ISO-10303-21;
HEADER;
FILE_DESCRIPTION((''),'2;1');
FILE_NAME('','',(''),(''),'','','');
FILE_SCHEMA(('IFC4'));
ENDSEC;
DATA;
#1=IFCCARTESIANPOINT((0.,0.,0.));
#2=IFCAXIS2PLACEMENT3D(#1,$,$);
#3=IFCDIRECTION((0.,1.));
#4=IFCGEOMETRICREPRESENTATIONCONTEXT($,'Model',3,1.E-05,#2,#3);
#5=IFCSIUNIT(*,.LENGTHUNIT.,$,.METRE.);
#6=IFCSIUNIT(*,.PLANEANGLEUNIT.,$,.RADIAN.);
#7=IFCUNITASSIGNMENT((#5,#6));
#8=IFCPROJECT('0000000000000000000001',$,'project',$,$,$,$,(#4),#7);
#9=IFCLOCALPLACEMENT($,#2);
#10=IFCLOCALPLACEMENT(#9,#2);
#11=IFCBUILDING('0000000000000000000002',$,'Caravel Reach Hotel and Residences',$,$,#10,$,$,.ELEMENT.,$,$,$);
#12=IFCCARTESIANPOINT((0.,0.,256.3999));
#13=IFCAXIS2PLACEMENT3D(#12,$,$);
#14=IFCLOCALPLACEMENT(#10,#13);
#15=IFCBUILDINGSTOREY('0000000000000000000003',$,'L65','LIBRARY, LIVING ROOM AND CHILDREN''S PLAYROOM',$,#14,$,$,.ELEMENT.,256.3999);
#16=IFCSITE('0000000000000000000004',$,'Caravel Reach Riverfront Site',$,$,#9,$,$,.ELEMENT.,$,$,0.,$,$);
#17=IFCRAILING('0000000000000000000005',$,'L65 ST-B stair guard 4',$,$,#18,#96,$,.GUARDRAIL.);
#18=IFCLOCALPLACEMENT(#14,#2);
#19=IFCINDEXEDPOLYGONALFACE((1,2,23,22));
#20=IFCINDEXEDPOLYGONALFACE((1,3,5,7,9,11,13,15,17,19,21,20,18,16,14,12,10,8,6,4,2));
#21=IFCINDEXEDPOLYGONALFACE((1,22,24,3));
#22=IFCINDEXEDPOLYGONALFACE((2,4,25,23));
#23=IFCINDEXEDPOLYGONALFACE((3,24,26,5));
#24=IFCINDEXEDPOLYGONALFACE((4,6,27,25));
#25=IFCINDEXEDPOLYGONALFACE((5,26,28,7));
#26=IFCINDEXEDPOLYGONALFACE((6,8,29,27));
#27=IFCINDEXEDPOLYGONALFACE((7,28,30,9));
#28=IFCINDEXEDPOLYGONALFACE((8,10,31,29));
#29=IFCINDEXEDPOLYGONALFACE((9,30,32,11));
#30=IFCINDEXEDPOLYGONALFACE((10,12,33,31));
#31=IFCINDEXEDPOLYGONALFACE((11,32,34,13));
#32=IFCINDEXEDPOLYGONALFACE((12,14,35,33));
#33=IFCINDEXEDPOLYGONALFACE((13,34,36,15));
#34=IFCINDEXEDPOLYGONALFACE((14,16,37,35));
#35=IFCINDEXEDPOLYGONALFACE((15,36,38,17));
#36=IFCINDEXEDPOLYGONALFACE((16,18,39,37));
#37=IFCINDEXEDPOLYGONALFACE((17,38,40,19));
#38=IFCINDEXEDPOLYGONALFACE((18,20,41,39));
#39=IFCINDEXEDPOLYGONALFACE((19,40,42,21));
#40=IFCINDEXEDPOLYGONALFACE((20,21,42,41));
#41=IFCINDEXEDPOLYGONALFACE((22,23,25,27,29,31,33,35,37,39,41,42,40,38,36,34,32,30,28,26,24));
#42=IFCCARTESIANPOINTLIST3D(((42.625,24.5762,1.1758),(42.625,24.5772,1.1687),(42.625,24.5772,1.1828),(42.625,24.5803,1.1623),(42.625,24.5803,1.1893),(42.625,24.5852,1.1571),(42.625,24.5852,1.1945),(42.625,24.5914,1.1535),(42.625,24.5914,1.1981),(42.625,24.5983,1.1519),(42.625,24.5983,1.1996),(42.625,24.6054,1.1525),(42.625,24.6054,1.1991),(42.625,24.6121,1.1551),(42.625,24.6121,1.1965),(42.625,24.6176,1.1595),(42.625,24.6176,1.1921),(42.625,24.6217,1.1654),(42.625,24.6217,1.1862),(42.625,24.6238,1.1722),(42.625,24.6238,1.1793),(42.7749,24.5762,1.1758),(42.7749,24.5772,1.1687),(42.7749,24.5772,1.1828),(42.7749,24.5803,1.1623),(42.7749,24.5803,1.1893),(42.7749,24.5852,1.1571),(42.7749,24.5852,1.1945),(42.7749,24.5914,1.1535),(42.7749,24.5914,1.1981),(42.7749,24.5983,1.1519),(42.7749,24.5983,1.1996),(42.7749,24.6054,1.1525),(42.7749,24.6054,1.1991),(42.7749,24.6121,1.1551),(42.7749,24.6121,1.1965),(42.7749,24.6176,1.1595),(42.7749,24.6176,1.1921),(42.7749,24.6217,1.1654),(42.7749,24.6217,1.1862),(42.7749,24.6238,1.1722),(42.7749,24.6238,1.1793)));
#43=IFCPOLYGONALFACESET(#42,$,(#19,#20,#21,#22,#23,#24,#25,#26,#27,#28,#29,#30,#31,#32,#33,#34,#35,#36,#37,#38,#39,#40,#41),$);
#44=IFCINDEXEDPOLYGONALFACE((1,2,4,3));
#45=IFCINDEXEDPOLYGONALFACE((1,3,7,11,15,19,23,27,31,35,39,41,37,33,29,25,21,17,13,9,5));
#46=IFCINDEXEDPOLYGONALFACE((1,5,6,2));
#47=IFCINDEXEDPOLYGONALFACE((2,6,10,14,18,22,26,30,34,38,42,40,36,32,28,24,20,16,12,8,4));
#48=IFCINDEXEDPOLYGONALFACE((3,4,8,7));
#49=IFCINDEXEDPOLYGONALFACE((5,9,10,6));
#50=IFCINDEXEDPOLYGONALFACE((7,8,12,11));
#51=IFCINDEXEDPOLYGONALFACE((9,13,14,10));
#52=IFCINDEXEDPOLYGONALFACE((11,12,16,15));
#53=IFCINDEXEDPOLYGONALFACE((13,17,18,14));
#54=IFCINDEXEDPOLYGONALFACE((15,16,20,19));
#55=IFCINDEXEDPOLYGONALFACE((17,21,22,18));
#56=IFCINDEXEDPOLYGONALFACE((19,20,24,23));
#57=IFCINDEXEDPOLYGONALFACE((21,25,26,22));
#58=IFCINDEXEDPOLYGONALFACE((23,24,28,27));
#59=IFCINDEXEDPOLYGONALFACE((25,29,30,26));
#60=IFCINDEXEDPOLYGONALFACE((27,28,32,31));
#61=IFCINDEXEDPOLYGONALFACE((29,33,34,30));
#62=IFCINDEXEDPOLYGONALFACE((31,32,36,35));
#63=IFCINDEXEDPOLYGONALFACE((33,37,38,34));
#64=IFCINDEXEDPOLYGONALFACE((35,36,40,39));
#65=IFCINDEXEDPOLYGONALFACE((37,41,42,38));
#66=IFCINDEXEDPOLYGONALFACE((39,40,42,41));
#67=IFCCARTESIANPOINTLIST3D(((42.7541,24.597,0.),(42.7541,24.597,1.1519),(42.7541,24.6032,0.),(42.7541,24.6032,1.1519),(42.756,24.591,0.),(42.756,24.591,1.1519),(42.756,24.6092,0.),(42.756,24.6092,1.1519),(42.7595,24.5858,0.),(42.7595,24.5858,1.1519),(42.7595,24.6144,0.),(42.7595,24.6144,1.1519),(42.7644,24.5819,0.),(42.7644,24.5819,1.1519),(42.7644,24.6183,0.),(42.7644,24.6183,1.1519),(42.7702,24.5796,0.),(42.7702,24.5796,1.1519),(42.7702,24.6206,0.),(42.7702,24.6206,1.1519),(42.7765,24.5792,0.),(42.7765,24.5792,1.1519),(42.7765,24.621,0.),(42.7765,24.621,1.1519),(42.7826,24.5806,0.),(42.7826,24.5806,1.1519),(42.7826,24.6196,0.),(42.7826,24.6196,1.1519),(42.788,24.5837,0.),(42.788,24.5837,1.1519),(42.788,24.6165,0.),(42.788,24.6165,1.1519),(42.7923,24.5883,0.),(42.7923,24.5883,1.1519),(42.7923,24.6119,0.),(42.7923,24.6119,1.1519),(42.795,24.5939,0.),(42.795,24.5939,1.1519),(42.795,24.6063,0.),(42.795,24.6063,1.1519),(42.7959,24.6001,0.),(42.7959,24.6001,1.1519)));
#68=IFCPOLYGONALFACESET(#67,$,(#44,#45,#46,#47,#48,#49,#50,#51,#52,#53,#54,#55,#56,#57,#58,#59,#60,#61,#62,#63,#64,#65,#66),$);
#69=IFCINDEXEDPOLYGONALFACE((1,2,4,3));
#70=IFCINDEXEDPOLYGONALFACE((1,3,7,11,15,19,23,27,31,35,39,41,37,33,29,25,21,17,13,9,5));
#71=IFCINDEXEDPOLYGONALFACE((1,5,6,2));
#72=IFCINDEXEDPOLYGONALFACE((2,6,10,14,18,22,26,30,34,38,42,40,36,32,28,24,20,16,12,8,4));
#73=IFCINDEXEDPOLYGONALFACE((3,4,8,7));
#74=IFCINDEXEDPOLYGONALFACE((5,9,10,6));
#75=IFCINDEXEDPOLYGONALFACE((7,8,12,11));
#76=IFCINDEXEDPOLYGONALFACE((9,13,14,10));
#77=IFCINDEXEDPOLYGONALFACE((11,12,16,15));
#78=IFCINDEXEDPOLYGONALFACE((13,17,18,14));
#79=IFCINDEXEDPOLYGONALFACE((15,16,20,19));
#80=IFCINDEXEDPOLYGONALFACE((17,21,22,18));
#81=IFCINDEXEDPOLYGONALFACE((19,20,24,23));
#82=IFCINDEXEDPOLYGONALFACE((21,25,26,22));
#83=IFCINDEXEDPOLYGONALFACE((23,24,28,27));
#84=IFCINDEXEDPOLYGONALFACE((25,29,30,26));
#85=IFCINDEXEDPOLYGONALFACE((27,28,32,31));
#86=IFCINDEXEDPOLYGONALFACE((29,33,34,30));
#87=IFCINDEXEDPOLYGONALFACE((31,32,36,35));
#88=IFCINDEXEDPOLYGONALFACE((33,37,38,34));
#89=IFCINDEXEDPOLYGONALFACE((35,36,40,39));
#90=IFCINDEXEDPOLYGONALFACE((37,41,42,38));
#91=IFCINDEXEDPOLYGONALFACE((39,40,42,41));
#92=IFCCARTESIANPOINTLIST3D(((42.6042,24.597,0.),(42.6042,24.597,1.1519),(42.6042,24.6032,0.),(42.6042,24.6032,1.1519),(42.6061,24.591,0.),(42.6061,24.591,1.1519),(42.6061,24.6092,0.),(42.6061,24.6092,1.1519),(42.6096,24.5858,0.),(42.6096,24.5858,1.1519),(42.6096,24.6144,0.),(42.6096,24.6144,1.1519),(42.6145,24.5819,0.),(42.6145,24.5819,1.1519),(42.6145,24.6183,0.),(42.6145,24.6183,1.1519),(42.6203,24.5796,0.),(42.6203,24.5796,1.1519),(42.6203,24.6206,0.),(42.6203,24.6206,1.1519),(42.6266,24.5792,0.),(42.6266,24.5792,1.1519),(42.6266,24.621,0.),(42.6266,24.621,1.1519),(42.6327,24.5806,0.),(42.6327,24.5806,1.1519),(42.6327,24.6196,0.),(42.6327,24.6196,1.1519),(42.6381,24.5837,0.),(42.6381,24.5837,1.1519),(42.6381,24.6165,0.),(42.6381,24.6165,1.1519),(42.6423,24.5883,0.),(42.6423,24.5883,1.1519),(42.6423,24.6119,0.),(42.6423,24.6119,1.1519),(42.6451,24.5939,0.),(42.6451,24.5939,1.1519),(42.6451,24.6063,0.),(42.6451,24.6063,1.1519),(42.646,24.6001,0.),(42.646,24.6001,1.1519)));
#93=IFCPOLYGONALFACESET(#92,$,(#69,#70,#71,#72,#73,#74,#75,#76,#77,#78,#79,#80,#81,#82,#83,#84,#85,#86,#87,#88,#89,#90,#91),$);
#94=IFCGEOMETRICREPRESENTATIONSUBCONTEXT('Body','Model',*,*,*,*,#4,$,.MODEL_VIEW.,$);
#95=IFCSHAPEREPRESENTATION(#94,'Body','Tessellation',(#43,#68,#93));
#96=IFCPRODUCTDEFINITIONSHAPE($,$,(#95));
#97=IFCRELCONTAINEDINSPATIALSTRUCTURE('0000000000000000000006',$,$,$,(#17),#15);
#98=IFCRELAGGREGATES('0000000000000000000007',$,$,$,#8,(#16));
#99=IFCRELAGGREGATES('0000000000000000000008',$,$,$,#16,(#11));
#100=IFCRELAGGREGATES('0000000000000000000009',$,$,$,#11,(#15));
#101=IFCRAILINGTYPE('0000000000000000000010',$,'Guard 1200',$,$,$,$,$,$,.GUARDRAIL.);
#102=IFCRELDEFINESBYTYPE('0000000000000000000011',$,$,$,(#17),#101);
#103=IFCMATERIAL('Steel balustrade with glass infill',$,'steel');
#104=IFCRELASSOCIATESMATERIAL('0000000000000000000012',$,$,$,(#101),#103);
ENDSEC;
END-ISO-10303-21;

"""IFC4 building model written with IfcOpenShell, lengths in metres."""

from ifc_helpers import new_model, si_unit, direction, frame, origin, origin_2d, place, context, subcontext, project, spatial, circle, extrude, material, type_object, element, save


model = new_model("IFC4")

# Units and contexts
model_context = context("Model", 3, precision=1e-05, world=origin(), true_north=direction((0.0, 1.0)))
body_context = subcontext(model_context, "Body", "Model", "MODEL_VIEW")
ifc_project = project(units=[si_unit("LENGTHUNIT", "METRE"), si_unit("PLANEANGLEUNIT", "RADIAN")], contexts=[model_context])

# Site, building, storey
site_placement = place(None, origin())
site = spatial("IfcSite", under=ifc_project, at=site_placement, Name="Caravel Reach Riverfront Site", CompositionType="ELEMENT", RefElevation=0.0)
building_placement = place(site_placement, origin())
building = spatial("IfcBuilding", under=site, at=building_placement, Name="Caravel Reach Hotel and Residences", CompositionType="ELEMENT")
storey_placement = place(building_placement, frame((0.0, 0.0, 256.3999)))
storey = spatial("IfcBuildingStorey", under=building, at=storey_placement, Name="L65", Description="LIBRARY, LIVING ROOM AND CHILDREN'S PLAYROOM", CompositionType="ELEMENT", Elevation=256.3999)

# Railing
ifc_material_1 = material(Name="Steel balustrade with glass infill", Category="steel")
railing_type = type_object("IfcRailingType", Name="Guard 1200", PredefinedType="GUARDRAIL", material=ifc_material_1)
railing_1_placement = place(storey_placement, frame((42.7749, 24.6001, 0.0)))
element("IfcRailing", 1, at=railing_1_placement, inside=storey, type_object=railing_type, Name="L65 ST-B stair guard 4", PredefinedType="GUARDRAIL", context=body_context, shape_type="SweptSolid", body=[
    extrude(circle(Radius=0.0239, at=origin_2d()), frame((0.0, 0.0, 1.1758), z_axis=(-1.0, 0.0, 0.0), x_axis=(0.0, -1.0, 0.0)), (0.0, 0.0, 1.0), 0.1499),
    extrude(circle(Radius=0.021, at=origin_2d()), origin(), (0.0, 0.0, 1.0), 1.1519),
    extrude(circle(Radius=0.021, at=origin_2d()), frame((-0.1499, 0.0, 0.0)), (0.0, 0.0, 1.0), 1.1519),
])

save(model, "model.ifc")
